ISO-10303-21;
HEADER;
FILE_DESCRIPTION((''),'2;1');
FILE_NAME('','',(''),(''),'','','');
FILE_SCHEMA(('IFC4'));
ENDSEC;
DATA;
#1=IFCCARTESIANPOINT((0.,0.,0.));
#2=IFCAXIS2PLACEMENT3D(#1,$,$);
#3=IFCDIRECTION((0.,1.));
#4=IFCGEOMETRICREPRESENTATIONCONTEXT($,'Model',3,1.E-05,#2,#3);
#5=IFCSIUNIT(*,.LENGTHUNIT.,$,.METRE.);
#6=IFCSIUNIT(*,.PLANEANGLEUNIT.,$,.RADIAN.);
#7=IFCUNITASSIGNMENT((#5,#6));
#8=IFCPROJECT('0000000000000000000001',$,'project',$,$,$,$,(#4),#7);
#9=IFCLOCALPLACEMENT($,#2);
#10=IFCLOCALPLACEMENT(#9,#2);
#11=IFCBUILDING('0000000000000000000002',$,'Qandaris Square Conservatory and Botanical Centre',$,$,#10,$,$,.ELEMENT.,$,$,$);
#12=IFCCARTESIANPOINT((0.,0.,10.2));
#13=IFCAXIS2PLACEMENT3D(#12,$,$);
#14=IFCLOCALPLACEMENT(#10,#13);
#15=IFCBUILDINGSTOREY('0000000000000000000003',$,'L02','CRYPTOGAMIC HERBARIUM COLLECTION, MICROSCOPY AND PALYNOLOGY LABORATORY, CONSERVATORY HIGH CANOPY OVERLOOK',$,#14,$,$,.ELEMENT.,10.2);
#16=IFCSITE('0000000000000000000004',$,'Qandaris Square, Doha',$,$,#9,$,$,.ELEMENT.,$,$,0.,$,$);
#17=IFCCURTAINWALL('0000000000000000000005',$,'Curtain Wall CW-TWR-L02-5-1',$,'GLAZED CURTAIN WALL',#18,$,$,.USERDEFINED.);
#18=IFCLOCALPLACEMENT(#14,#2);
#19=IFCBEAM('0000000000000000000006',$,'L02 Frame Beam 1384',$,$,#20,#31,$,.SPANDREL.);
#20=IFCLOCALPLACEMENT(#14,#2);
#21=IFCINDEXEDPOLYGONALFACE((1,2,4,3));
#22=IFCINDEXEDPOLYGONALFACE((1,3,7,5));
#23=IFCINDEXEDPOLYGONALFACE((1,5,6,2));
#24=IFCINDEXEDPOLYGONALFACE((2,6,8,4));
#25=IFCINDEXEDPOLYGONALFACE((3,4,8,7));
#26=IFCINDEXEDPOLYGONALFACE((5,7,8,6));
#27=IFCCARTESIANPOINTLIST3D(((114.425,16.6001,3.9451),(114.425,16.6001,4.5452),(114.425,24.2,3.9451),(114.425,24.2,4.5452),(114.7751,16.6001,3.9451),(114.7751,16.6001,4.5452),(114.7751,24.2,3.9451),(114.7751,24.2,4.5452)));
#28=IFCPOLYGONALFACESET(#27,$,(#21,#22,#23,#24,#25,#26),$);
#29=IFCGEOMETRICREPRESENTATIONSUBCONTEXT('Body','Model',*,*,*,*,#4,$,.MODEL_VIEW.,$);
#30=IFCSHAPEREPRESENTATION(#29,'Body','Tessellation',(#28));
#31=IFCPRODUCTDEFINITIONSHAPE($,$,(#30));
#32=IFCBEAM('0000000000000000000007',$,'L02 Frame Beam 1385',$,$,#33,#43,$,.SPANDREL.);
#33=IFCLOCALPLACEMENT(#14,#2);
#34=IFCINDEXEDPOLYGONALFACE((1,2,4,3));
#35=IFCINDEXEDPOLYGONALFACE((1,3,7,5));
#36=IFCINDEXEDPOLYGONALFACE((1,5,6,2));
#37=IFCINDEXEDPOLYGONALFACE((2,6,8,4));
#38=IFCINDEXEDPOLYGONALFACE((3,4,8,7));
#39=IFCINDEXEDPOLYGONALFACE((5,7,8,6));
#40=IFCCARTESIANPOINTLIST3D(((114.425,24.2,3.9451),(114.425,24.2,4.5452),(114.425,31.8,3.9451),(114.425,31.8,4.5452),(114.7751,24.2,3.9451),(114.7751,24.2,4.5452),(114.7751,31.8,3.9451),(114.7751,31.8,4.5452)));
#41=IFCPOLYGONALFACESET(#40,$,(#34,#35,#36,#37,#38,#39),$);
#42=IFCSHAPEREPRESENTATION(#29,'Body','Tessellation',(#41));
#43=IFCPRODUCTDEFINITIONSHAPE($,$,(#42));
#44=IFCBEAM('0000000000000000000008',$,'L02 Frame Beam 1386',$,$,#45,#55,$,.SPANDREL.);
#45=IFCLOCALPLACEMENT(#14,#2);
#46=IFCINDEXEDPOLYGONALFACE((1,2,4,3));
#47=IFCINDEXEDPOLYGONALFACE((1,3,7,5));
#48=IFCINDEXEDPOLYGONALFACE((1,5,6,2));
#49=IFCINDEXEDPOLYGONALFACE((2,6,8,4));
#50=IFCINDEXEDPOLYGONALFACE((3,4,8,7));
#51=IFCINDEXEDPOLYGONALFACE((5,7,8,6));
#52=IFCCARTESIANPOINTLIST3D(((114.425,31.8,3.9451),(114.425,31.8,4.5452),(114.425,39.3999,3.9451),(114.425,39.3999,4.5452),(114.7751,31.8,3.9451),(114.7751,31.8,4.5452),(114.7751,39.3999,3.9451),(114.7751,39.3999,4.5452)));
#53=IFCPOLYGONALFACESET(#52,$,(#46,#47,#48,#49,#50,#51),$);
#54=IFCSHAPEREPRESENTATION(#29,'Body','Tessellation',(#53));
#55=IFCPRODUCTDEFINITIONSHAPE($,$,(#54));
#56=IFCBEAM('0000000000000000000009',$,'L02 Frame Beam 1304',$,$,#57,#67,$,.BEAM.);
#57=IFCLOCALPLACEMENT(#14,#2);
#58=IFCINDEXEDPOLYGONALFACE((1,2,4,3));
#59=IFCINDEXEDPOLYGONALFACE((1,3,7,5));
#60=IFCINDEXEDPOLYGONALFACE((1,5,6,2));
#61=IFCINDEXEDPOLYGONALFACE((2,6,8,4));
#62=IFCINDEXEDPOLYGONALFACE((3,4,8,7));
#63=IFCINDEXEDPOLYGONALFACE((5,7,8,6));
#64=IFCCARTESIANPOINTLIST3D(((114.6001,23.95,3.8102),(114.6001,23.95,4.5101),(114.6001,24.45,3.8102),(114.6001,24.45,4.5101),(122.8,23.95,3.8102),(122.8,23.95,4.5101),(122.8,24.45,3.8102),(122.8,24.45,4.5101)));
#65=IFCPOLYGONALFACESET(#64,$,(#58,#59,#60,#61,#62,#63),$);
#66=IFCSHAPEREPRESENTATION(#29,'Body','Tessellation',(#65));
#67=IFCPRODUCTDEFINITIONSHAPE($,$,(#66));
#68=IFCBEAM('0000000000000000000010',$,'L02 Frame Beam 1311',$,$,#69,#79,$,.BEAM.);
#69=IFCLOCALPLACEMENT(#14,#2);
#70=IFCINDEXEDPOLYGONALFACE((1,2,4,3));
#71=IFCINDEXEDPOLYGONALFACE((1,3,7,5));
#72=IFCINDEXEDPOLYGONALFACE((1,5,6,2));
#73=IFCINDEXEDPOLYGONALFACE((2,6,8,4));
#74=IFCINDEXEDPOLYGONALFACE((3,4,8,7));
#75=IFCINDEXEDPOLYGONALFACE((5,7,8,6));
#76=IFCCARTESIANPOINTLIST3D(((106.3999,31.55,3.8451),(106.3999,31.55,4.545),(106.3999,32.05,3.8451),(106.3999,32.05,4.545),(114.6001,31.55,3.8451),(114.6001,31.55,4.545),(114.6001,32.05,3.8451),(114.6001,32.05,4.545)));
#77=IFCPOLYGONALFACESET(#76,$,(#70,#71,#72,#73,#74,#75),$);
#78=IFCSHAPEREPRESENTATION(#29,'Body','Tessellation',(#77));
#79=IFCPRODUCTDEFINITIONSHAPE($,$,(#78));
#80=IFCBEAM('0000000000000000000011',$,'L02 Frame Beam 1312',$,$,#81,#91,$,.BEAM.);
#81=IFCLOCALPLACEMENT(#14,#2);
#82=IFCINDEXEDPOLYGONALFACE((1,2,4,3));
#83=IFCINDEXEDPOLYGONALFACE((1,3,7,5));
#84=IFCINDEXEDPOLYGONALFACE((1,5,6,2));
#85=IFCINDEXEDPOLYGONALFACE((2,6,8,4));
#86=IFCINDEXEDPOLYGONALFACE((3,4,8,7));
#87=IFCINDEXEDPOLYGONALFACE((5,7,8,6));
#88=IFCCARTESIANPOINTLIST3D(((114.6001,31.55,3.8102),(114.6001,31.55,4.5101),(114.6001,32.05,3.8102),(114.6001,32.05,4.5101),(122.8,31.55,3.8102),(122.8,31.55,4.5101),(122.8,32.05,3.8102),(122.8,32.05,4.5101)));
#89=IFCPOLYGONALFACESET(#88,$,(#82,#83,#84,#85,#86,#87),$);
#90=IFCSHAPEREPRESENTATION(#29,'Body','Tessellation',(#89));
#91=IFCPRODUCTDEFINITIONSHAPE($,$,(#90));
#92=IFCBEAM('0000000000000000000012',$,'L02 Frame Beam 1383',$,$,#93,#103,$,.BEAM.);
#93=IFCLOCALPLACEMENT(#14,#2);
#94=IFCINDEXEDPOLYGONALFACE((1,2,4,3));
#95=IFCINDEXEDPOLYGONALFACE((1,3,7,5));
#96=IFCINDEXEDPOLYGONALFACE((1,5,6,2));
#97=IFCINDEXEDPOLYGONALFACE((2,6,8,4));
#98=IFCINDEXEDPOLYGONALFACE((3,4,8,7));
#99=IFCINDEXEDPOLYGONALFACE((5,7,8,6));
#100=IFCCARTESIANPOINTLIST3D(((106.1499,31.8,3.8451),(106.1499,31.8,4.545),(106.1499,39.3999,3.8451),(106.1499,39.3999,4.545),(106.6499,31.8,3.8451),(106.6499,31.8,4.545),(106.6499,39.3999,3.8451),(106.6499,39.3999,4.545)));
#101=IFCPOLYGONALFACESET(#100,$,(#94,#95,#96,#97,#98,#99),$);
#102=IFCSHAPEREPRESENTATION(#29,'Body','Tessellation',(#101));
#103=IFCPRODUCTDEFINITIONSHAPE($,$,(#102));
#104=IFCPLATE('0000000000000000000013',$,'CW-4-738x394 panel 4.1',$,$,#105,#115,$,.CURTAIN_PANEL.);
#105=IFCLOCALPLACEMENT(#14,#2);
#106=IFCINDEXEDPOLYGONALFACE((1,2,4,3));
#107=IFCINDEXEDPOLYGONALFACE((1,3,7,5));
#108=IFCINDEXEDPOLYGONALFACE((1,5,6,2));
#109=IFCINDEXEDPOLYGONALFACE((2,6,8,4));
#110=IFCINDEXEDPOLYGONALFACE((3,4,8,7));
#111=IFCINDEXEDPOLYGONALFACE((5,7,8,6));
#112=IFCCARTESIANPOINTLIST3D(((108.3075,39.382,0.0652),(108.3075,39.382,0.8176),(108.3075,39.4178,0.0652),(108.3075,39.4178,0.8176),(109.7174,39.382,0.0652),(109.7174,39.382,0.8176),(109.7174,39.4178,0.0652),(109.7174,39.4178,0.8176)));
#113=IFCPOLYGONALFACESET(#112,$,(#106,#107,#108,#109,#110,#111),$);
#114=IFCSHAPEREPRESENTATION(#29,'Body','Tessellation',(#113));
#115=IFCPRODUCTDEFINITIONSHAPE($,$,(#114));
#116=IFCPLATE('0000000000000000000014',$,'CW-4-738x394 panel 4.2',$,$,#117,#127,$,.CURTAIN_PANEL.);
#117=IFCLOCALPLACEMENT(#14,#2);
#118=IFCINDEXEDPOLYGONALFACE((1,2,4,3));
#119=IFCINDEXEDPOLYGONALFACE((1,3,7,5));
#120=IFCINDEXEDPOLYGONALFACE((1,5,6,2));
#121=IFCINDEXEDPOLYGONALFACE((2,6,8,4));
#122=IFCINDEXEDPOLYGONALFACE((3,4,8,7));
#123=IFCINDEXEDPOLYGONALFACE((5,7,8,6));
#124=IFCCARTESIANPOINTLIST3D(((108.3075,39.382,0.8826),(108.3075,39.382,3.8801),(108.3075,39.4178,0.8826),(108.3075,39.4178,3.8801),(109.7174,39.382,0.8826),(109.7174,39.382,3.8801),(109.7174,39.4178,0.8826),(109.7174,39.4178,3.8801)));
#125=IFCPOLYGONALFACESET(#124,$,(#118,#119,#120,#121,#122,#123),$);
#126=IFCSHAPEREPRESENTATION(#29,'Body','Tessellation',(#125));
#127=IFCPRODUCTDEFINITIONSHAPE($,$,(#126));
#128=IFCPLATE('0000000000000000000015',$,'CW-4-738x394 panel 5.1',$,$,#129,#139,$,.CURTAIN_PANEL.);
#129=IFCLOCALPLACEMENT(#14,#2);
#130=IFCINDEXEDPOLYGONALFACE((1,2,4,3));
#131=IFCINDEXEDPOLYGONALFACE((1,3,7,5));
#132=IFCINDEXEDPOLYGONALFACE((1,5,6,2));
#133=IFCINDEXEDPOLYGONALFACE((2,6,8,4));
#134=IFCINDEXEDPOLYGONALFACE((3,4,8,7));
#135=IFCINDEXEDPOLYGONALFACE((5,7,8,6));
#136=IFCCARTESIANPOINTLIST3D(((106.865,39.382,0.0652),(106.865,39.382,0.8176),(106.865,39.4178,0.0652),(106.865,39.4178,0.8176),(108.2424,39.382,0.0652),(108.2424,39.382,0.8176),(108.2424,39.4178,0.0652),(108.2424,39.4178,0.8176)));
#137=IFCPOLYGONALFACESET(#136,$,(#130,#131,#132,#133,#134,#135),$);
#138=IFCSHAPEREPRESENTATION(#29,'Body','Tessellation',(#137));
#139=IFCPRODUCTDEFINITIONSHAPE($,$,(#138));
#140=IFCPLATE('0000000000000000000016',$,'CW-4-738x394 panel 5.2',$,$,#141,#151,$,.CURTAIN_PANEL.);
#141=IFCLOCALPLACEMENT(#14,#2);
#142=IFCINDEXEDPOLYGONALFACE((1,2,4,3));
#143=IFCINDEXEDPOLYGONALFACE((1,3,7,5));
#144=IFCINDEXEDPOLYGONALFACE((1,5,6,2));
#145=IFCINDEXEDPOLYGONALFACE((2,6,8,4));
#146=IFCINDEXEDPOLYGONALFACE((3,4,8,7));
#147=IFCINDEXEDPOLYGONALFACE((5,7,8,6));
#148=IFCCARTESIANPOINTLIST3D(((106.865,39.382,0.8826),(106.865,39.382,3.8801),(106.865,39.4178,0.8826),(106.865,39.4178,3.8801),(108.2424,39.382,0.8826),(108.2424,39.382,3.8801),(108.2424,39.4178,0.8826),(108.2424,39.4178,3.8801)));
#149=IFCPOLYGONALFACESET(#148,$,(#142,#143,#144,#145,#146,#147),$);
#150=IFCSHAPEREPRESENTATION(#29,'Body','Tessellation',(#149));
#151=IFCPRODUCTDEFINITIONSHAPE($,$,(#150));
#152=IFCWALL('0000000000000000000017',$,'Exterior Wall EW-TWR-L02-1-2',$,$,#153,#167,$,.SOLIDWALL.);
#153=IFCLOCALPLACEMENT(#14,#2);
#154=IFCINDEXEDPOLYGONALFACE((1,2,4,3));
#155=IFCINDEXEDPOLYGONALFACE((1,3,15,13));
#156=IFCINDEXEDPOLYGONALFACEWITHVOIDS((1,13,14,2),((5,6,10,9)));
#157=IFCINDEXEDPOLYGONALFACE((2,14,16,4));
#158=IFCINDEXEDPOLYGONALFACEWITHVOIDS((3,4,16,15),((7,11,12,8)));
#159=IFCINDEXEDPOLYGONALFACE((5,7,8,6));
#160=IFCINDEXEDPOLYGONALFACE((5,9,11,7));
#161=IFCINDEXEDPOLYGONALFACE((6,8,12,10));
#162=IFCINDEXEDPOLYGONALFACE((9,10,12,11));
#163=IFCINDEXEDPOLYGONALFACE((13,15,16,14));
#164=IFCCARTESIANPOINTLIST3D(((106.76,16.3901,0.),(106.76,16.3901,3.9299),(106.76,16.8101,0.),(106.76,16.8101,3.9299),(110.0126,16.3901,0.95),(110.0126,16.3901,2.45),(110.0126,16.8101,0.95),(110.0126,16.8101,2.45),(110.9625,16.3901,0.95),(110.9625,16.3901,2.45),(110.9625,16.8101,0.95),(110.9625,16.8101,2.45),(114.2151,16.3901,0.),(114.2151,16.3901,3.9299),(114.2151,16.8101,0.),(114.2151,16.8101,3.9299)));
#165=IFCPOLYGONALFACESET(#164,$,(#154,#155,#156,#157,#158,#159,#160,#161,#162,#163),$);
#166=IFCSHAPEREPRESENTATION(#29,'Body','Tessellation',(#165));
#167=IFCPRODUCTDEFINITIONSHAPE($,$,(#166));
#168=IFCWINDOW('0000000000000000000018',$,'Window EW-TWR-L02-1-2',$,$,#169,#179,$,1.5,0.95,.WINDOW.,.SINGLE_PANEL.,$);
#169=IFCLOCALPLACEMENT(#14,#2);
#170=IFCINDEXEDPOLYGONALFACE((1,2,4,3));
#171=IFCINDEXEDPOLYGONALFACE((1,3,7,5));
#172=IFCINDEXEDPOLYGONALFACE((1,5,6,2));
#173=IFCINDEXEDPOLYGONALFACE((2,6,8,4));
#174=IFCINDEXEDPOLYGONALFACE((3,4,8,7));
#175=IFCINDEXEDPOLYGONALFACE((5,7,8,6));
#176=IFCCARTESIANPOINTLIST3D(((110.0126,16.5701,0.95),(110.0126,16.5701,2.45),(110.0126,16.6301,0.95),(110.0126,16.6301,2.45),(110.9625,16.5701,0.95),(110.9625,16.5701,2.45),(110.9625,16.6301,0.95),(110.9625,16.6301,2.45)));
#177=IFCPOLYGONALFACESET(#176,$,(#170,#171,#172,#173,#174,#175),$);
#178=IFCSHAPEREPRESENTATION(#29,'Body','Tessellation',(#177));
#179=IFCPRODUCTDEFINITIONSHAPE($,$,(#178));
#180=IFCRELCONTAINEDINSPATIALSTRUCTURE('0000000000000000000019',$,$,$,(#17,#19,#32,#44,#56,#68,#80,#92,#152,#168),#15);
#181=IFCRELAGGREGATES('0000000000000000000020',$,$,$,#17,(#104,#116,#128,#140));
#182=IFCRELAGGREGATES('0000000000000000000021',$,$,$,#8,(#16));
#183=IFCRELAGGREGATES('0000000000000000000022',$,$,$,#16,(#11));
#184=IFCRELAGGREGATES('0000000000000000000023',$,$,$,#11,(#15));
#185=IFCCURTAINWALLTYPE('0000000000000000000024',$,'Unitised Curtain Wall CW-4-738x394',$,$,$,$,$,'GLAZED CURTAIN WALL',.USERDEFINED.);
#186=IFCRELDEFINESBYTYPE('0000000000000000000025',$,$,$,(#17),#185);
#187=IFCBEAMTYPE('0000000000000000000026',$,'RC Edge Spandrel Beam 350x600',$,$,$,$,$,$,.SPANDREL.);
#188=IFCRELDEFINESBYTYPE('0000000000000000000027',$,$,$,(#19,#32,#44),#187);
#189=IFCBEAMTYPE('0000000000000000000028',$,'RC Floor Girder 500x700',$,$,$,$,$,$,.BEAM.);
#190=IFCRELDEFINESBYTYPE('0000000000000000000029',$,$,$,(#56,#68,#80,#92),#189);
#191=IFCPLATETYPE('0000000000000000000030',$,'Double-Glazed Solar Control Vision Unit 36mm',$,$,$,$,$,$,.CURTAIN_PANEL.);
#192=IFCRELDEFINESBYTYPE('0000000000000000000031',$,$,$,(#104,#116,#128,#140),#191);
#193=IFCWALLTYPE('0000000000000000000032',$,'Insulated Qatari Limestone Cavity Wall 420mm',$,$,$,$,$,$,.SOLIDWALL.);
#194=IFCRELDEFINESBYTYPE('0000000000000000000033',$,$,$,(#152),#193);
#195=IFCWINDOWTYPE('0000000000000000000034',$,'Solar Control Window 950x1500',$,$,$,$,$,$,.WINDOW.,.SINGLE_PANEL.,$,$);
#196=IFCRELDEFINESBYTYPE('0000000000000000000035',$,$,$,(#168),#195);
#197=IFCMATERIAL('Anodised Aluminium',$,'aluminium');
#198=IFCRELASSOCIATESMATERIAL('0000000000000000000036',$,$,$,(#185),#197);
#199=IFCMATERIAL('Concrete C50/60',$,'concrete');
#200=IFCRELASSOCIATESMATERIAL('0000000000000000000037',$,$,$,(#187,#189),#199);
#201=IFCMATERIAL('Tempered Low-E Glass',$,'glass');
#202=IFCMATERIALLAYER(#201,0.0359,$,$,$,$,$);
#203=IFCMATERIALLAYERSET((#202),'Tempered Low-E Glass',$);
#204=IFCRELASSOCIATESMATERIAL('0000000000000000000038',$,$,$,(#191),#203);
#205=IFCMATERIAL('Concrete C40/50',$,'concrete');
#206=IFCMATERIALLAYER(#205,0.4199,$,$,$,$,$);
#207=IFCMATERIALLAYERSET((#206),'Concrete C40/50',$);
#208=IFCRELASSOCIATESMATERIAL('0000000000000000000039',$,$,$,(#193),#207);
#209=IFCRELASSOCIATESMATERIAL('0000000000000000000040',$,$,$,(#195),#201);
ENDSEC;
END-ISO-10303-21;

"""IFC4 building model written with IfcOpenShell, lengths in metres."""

from ifc_helpers import new_model, si_unit, direction, frame, frame_2d, origin, origin_2d, place, context, subcontext, project, spatial, rectangle, extrude, material, layer, layer_set, material_profile, profile_set, type_object, element, fill, aggregate, save


model = new_model("IFC4")

# Units and contexts
model_context = context("Model", 3, precision=1e-05, world=origin(), true_north=direction((0.0, 1.0)))
body_context = subcontext(model_context, "Body", "Model", "MODEL_VIEW")
ifc_project = project(units=[si_unit("LENGTHUNIT", "METRE"), si_unit("PLANEANGLEUNIT", "RADIAN")], contexts=[model_context])

# Site, building, storey
site_placement = place(None, origin())
site = spatial("IfcSite", under=ifc_project, at=site_placement, Name="Qandaris Square, Doha", CompositionType="ELEMENT", RefElevation=0.0)
building_placement = place(site_placement, origin())
building = spatial("IfcBuilding", under=site, at=building_placement, Name="Qandaris Square Conservatory and Botanical Centre", CompositionType="ELEMENT")
storey_placement = place(building_placement, frame((0.0, 0.0, 10.2)))
storey = spatial("IfcBuildingStorey", under=building, at=storey_placement, Name="L02", Description="CRYPTOGAMIC HERBARIUM COLLECTION, MICROSCOPY AND PALYNOLOGY LABORATORY, CONSERVATORY HIGH CANOPY OVERLOOK", CompositionType="ELEMENT", Elevation=10.2)

# Shared definitions
ifc_material_1 = material(Name="Concrete C40/50", Category="concrete")
ifc_material_2 = material(Name="Concrete C50/60", Category="concrete")

# Curtain wall
ifc_material_3 = material(Name="Anodised Aluminium", Category="aluminium")
curtain_wall_type = type_object("IfcCurtainWallType", Name="Unitised Curtain Wall CW-4-738x394", ElementType="GLAZED CURTAIN WALL", PredefinedType="USERDEFINED", material=ifc_material_3)
curtain_wall_placement = place(storey_placement, origin())
curtain_wall = element("IfcCurtainWall", 1, at=curtain_wall_placement, inside=storey, type_object=curtain_wall_type, Name="Curtain Wall CW-TWR-L02-5-1", ObjectType="GLAZED CURTAIN WALL", PredefinedType="USERDEFINED")

# Beams
ifc_material_profile_1 = material_profile(ifc_material_2, rectangle(XDim=0.3501, YDim=0.6001, at=origin_2d()), Name="RC-SP 350x600")
ifc_profile_set_1 = profile_set([ifc_material_profile_1], Name="Concrete C50/60")
beam_type_1 = type_object("IfcBeamType", Name="RC Edge Spandrel Beam 350x600", PredefinedType="SPANDREL", material=ifc_profile_set_1)
beam_1_placement = place(storey_placement, frame((114.6001, 16.6001, 4.2451), z_axis=(0.0, 1.0, 0.0), x_axis=(-1.0, 0.0, 0.0)))
element("IfcBeam", 2, at=beam_1_placement, inside=storey, type_object=beam_type_1, Name="L02 Frame Beam 1384", PredefinedType="SPANDREL", context=body_context, shape_type="SweptSolid", body=[
    extrude(rectangle(XDim=0.3501, YDim=0.6001, at=origin_2d()), origin(), (0.0, 0.0, 1.0), 7.5999),
])
beam_2_placement = place(storey_placement, frame((114.6001, 24.2, 4.2451), z_axis=(0.0, 1.0, 0.0), x_axis=(-1.0, 0.0, 0.0)))
element("IfcBeam", 3, at=beam_2_placement, inside=storey, type_object=beam_type_1, Name="L02 Frame Beam 1385", PredefinedType="SPANDREL", context=body_context, shape_type="SweptSolid", body=[
    extrude(rectangle(XDim=0.3501, YDim=0.6001, at=origin_2d()), origin(), (0.0, 0.0, 1.0), 7.6001),
])
beam_3_placement = place(storey_placement, frame((114.6001, 31.8, 4.2451), z_axis=(0.0, 1.0, 0.0), x_axis=(-1.0, 0.0, 0.0)))
element("IfcBeam", 4, at=beam_3_placement, inside=storey, type_object=beam_type_1, Name="L02 Frame Beam 1386", PredefinedType="SPANDREL", context=body_context, shape_type="SweptSolid", body=[
    extrude(rectangle(XDim=0.3501, YDim=0.6001, at=origin_2d()), origin(), (0.0, 0.0, 1.0), 7.5999),
])
ifc_material_profile_2 = material_profile(ifc_material_2, rectangle(XDim=0.5, YDim=0.7, at=origin_2d()), Name="RC-BM 500x700")
ifc_profile_set_2 = profile_set([ifc_material_profile_2], Name="Concrete C50/60")
beam_type_2 = type_object("IfcBeamType", Name="RC Floor Girder 500x700", PredefinedType="BEAM", material=ifc_profile_set_2)
beam_4_placement = place(storey_placement, frame((114.6001, 24.2, 4.1602), z_axis=(1.0, 0.0, 0.0), x_axis=(0.0, 1.0, 0.0)))
element("IfcBeam", 5, at=beam_4_placement, inside=storey, type_object=beam_type_2, Name="L02 Frame Beam 1304", PredefinedType="BEAM", context=body_context, shape_type="SweptSolid", body=[
    extrude(rectangle(XDim=0.5, YDim=0.7, at=origin_2d()), origin(), (0.0, 0.0, 1.0), 8.2),
])
beam_5_placement = place(storey_placement, frame((106.3999, 31.8, 4.1951), z_axis=(1.0, 0.0, 0.0), x_axis=(0.0, 1.0, 0.0)))
element("IfcBeam", 6, at=beam_5_placement, inside=storey, type_object=beam_type_2, Name="L02 Frame Beam 1311", PredefinedType="BEAM", context=body_context, shape_type="SweptSolid", body=[
    extrude(rectangle(XDim=0.5, YDim=0.7, at=origin_2d()), origin(), (0.0, 0.0, 1.0), 8.2002),
])
beam_6_placement = place(storey_placement, frame((114.6001, 31.8, 4.1602), z_axis=(1.0, 0.0, 0.0), x_axis=(0.0, 1.0, 0.0)))
element("IfcBeam", 7, at=beam_6_placement, inside=storey, type_object=beam_type_2, Name="L02 Frame Beam 1312", PredefinedType="BEAM", context=body_context, shape_type="SweptSolid", body=[
    extrude(rectangle(XDim=0.5, YDim=0.7, at=origin_2d()), origin(), (0.0, 0.0, 1.0), 8.2),
])
beam_7_placement = place(storey_placement, frame((106.3999, 31.8, 4.1951), z_axis=(0.0, 1.0, 0.0), x_axis=(-1.0, 0.0, 0.0)))
element("IfcBeam", 8, at=beam_7_placement, inside=storey, type_object=beam_type_2, Name="L02 Frame Beam 1383", PredefinedType="BEAM", context=body_context, shape_type="SweptSolid", body=[
    extrude(rectangle(XDim=0.5, YDim=0.7, at=origin_2d()), origin(), (0.0, 0.0, 1.0), 7.5999),
])

# Plates
ifc_material_4 = material(Name="Tempered Low-E Glass", Category="glass")
ifc_layer_1 = layer(ifc_material_4, 0.0359)
ifc_layer_set_1 = layer_set([ifc_layer_1], Name="Tempered Low-E Glass")
plate_type = type_object("IfcPlateType", Name="Double-Glazed Solar Control Vision Unit 36mm", PredefinedType="CURTAIN_PANEL", material=ifc_layer_set_1)
plate_1_placement = place(storey_placement, frame((109.0125, 39.3999, 0.0652), z_axis=(0.0, 0.0, 1.0), x_axis=(-1.0, 0.0, 0.0)))
plate_1 = element("IfcPlate", 9, at=plate_1_placement, type_object=plate_type, Name="CW-4-738x394 panel 4.1", PredefinedType="CURTAIN_PANEL", context=body_context, shape_type="SweptSolid", body=[
    extrude(rectangle(XDim=1.4099, YDim=0.0359, at=origin_2d()), origin(), (0.0, 0.0, 1.0), 0.7524),
])
plate_2_placement = place(storey_placement, frame((109.0125, 39.3999, 0.8826), z_axis=(0.0, 0.0, 1.0), x_axis=(-1.0, 0.0, 0.0)))
plate_2 = element("IfcPlate", 10, at=plate_2_placement, type_object=plate_type, Name="CW-4-738x394 panel 4.2", PredefinedType="CURTAIN_PANEL", context=body_context, shape_type="SweptSolid", body=[
    extrude(rectangle(XDim=1.4099, YDim=0.0359, at=origin_2d()), origin(), (0.0, 0.0, 1.0), 2.9976),
])
plate_3_placement = place(storey_placement, frame((107.5537, 39.3999, 0.0652), z_axis=(0.0, 0.0, 1.0), x_axis=(-1.0, 0.0, 0.0)))
plate_3 = element("IfcPlate", 11, at=plate_3_placement, type_object=plate_type, Name="CW-4-738x394 panel 5.1", PredefinedType="CURTAIN_PANEL", context=body_context, shape_type="SweptSolid", body=[
    extrude(rectangle(XDim=1.3774, YDim=0.0359, at=origin_2d()), origin(), (0.0, 0.0, 1.0), 0.7524),
])
plate_4_placement = place(storey_placement, frame((107.5537, 39.3999, 0.8826), z_axis=(0.0, 0.0, 1.0), x_axis=(-1.0, 0.0, 0.0)))
plate_4 = element("IfcPlate", 12, at=plate_4_placement, type_object=plate_type, Name="CW-4-738x394 panel 5.2", PredefinedType="CURTAIN_PANEL", context=body_context, shape_type="SweptSolid", body=[
    extrude(rectangle(XDim=1.3774, YDim=0.0359, at=origin_2d()), origin(), (0.0, 0.0, 1.0), 2.9976),
])
aggregate(curtain_wall, [plate_1, plate_2, plate_3, plate_4])

# Wall, opening, window
ifc_layer_2 = layer(ifc_material_1, 0.4199)
ifc_layer_set_2 = layer_set([ifc_layer_2], Name="Concrete C40/50")
wall_type = type_object("IfcWallType", Name="Insulated Qatari Limestone Cavity Wall 420mm", PredefinedType="SOLIDWALL", material=ifc_layer_set_2)
wall_placement = place(storey_placement, frame((106.76, 16.6001, 0.0), z_axis=(0.0, 0.0, 1.0), x_axis=(1.0, 0.0, 0.0)))
wall = element("IfcWall", 13, at=wall_placement, inside=storey, type_object=wall_type, Name="Exterior Wall EW-TWR-L02-1-2", PredefinedType="SOLIDWALL", context=body_context, shape_type="SweptSolid", body=[
    extrude(rectangle(XDim=7.4551, YDim=0.4199, at=frame_2d((3.7275, 0.0))), origin(), (0.0, 0.0, 1.0), 3.9299),
])
opening_placement = place(wall_placement, frame((3.2524, 0.0, 0.95)))
opening = element("IfcOpeningElement", 14, at=opening_placement, cuts=wall, PredefinedType="OPENING", context=body_context, shape_type="SweptSolid", body=[
    extrude(rectangle(XDim=0.95, YDim=1.5, at=frame_2d((0.4751, 0.75))), frame((0.0, 0.2219, 0.0), z_axis=(0.0, -1.0, 0.0), x_axis=(1.0, 0.0, 0.0)), (0.0, 0.0, 1.0), 0.4438),
])
window_type = type_object("IfcWindowType", Name="Solar Control Window 950x1500", PartitioningType="SINGLE_PANEL", PredefinedType="WINDOW", material=ifc_material_4)
window_placement = place(opening_placement, origin())
window = element("IfcWindow", 15, at=window_placement, inside=storey, type_object=window_type, Name="Window EW-TWR-L02-1-2", OverallHeight=1.5, OverallWidth=0.95, PartitioningType="SINGLE_PANEL", PredefinedType="WINDOW", context=body_context, shape_type="SweptSolid", body=[
    extrude(rectangle(XDim=0.95, YDim=1.5, at=frame_2d((0.4751, 0.75))), frame((0.0, 0.03, 0.0), z_axis=(0.0, -1.0, 0.0), x_axis=(1.0, 0.0, 0.0)), (0.0, 0.0, 1.0), 0.0601),
])
fill(opening, window)

save(model, "model.ifc")
